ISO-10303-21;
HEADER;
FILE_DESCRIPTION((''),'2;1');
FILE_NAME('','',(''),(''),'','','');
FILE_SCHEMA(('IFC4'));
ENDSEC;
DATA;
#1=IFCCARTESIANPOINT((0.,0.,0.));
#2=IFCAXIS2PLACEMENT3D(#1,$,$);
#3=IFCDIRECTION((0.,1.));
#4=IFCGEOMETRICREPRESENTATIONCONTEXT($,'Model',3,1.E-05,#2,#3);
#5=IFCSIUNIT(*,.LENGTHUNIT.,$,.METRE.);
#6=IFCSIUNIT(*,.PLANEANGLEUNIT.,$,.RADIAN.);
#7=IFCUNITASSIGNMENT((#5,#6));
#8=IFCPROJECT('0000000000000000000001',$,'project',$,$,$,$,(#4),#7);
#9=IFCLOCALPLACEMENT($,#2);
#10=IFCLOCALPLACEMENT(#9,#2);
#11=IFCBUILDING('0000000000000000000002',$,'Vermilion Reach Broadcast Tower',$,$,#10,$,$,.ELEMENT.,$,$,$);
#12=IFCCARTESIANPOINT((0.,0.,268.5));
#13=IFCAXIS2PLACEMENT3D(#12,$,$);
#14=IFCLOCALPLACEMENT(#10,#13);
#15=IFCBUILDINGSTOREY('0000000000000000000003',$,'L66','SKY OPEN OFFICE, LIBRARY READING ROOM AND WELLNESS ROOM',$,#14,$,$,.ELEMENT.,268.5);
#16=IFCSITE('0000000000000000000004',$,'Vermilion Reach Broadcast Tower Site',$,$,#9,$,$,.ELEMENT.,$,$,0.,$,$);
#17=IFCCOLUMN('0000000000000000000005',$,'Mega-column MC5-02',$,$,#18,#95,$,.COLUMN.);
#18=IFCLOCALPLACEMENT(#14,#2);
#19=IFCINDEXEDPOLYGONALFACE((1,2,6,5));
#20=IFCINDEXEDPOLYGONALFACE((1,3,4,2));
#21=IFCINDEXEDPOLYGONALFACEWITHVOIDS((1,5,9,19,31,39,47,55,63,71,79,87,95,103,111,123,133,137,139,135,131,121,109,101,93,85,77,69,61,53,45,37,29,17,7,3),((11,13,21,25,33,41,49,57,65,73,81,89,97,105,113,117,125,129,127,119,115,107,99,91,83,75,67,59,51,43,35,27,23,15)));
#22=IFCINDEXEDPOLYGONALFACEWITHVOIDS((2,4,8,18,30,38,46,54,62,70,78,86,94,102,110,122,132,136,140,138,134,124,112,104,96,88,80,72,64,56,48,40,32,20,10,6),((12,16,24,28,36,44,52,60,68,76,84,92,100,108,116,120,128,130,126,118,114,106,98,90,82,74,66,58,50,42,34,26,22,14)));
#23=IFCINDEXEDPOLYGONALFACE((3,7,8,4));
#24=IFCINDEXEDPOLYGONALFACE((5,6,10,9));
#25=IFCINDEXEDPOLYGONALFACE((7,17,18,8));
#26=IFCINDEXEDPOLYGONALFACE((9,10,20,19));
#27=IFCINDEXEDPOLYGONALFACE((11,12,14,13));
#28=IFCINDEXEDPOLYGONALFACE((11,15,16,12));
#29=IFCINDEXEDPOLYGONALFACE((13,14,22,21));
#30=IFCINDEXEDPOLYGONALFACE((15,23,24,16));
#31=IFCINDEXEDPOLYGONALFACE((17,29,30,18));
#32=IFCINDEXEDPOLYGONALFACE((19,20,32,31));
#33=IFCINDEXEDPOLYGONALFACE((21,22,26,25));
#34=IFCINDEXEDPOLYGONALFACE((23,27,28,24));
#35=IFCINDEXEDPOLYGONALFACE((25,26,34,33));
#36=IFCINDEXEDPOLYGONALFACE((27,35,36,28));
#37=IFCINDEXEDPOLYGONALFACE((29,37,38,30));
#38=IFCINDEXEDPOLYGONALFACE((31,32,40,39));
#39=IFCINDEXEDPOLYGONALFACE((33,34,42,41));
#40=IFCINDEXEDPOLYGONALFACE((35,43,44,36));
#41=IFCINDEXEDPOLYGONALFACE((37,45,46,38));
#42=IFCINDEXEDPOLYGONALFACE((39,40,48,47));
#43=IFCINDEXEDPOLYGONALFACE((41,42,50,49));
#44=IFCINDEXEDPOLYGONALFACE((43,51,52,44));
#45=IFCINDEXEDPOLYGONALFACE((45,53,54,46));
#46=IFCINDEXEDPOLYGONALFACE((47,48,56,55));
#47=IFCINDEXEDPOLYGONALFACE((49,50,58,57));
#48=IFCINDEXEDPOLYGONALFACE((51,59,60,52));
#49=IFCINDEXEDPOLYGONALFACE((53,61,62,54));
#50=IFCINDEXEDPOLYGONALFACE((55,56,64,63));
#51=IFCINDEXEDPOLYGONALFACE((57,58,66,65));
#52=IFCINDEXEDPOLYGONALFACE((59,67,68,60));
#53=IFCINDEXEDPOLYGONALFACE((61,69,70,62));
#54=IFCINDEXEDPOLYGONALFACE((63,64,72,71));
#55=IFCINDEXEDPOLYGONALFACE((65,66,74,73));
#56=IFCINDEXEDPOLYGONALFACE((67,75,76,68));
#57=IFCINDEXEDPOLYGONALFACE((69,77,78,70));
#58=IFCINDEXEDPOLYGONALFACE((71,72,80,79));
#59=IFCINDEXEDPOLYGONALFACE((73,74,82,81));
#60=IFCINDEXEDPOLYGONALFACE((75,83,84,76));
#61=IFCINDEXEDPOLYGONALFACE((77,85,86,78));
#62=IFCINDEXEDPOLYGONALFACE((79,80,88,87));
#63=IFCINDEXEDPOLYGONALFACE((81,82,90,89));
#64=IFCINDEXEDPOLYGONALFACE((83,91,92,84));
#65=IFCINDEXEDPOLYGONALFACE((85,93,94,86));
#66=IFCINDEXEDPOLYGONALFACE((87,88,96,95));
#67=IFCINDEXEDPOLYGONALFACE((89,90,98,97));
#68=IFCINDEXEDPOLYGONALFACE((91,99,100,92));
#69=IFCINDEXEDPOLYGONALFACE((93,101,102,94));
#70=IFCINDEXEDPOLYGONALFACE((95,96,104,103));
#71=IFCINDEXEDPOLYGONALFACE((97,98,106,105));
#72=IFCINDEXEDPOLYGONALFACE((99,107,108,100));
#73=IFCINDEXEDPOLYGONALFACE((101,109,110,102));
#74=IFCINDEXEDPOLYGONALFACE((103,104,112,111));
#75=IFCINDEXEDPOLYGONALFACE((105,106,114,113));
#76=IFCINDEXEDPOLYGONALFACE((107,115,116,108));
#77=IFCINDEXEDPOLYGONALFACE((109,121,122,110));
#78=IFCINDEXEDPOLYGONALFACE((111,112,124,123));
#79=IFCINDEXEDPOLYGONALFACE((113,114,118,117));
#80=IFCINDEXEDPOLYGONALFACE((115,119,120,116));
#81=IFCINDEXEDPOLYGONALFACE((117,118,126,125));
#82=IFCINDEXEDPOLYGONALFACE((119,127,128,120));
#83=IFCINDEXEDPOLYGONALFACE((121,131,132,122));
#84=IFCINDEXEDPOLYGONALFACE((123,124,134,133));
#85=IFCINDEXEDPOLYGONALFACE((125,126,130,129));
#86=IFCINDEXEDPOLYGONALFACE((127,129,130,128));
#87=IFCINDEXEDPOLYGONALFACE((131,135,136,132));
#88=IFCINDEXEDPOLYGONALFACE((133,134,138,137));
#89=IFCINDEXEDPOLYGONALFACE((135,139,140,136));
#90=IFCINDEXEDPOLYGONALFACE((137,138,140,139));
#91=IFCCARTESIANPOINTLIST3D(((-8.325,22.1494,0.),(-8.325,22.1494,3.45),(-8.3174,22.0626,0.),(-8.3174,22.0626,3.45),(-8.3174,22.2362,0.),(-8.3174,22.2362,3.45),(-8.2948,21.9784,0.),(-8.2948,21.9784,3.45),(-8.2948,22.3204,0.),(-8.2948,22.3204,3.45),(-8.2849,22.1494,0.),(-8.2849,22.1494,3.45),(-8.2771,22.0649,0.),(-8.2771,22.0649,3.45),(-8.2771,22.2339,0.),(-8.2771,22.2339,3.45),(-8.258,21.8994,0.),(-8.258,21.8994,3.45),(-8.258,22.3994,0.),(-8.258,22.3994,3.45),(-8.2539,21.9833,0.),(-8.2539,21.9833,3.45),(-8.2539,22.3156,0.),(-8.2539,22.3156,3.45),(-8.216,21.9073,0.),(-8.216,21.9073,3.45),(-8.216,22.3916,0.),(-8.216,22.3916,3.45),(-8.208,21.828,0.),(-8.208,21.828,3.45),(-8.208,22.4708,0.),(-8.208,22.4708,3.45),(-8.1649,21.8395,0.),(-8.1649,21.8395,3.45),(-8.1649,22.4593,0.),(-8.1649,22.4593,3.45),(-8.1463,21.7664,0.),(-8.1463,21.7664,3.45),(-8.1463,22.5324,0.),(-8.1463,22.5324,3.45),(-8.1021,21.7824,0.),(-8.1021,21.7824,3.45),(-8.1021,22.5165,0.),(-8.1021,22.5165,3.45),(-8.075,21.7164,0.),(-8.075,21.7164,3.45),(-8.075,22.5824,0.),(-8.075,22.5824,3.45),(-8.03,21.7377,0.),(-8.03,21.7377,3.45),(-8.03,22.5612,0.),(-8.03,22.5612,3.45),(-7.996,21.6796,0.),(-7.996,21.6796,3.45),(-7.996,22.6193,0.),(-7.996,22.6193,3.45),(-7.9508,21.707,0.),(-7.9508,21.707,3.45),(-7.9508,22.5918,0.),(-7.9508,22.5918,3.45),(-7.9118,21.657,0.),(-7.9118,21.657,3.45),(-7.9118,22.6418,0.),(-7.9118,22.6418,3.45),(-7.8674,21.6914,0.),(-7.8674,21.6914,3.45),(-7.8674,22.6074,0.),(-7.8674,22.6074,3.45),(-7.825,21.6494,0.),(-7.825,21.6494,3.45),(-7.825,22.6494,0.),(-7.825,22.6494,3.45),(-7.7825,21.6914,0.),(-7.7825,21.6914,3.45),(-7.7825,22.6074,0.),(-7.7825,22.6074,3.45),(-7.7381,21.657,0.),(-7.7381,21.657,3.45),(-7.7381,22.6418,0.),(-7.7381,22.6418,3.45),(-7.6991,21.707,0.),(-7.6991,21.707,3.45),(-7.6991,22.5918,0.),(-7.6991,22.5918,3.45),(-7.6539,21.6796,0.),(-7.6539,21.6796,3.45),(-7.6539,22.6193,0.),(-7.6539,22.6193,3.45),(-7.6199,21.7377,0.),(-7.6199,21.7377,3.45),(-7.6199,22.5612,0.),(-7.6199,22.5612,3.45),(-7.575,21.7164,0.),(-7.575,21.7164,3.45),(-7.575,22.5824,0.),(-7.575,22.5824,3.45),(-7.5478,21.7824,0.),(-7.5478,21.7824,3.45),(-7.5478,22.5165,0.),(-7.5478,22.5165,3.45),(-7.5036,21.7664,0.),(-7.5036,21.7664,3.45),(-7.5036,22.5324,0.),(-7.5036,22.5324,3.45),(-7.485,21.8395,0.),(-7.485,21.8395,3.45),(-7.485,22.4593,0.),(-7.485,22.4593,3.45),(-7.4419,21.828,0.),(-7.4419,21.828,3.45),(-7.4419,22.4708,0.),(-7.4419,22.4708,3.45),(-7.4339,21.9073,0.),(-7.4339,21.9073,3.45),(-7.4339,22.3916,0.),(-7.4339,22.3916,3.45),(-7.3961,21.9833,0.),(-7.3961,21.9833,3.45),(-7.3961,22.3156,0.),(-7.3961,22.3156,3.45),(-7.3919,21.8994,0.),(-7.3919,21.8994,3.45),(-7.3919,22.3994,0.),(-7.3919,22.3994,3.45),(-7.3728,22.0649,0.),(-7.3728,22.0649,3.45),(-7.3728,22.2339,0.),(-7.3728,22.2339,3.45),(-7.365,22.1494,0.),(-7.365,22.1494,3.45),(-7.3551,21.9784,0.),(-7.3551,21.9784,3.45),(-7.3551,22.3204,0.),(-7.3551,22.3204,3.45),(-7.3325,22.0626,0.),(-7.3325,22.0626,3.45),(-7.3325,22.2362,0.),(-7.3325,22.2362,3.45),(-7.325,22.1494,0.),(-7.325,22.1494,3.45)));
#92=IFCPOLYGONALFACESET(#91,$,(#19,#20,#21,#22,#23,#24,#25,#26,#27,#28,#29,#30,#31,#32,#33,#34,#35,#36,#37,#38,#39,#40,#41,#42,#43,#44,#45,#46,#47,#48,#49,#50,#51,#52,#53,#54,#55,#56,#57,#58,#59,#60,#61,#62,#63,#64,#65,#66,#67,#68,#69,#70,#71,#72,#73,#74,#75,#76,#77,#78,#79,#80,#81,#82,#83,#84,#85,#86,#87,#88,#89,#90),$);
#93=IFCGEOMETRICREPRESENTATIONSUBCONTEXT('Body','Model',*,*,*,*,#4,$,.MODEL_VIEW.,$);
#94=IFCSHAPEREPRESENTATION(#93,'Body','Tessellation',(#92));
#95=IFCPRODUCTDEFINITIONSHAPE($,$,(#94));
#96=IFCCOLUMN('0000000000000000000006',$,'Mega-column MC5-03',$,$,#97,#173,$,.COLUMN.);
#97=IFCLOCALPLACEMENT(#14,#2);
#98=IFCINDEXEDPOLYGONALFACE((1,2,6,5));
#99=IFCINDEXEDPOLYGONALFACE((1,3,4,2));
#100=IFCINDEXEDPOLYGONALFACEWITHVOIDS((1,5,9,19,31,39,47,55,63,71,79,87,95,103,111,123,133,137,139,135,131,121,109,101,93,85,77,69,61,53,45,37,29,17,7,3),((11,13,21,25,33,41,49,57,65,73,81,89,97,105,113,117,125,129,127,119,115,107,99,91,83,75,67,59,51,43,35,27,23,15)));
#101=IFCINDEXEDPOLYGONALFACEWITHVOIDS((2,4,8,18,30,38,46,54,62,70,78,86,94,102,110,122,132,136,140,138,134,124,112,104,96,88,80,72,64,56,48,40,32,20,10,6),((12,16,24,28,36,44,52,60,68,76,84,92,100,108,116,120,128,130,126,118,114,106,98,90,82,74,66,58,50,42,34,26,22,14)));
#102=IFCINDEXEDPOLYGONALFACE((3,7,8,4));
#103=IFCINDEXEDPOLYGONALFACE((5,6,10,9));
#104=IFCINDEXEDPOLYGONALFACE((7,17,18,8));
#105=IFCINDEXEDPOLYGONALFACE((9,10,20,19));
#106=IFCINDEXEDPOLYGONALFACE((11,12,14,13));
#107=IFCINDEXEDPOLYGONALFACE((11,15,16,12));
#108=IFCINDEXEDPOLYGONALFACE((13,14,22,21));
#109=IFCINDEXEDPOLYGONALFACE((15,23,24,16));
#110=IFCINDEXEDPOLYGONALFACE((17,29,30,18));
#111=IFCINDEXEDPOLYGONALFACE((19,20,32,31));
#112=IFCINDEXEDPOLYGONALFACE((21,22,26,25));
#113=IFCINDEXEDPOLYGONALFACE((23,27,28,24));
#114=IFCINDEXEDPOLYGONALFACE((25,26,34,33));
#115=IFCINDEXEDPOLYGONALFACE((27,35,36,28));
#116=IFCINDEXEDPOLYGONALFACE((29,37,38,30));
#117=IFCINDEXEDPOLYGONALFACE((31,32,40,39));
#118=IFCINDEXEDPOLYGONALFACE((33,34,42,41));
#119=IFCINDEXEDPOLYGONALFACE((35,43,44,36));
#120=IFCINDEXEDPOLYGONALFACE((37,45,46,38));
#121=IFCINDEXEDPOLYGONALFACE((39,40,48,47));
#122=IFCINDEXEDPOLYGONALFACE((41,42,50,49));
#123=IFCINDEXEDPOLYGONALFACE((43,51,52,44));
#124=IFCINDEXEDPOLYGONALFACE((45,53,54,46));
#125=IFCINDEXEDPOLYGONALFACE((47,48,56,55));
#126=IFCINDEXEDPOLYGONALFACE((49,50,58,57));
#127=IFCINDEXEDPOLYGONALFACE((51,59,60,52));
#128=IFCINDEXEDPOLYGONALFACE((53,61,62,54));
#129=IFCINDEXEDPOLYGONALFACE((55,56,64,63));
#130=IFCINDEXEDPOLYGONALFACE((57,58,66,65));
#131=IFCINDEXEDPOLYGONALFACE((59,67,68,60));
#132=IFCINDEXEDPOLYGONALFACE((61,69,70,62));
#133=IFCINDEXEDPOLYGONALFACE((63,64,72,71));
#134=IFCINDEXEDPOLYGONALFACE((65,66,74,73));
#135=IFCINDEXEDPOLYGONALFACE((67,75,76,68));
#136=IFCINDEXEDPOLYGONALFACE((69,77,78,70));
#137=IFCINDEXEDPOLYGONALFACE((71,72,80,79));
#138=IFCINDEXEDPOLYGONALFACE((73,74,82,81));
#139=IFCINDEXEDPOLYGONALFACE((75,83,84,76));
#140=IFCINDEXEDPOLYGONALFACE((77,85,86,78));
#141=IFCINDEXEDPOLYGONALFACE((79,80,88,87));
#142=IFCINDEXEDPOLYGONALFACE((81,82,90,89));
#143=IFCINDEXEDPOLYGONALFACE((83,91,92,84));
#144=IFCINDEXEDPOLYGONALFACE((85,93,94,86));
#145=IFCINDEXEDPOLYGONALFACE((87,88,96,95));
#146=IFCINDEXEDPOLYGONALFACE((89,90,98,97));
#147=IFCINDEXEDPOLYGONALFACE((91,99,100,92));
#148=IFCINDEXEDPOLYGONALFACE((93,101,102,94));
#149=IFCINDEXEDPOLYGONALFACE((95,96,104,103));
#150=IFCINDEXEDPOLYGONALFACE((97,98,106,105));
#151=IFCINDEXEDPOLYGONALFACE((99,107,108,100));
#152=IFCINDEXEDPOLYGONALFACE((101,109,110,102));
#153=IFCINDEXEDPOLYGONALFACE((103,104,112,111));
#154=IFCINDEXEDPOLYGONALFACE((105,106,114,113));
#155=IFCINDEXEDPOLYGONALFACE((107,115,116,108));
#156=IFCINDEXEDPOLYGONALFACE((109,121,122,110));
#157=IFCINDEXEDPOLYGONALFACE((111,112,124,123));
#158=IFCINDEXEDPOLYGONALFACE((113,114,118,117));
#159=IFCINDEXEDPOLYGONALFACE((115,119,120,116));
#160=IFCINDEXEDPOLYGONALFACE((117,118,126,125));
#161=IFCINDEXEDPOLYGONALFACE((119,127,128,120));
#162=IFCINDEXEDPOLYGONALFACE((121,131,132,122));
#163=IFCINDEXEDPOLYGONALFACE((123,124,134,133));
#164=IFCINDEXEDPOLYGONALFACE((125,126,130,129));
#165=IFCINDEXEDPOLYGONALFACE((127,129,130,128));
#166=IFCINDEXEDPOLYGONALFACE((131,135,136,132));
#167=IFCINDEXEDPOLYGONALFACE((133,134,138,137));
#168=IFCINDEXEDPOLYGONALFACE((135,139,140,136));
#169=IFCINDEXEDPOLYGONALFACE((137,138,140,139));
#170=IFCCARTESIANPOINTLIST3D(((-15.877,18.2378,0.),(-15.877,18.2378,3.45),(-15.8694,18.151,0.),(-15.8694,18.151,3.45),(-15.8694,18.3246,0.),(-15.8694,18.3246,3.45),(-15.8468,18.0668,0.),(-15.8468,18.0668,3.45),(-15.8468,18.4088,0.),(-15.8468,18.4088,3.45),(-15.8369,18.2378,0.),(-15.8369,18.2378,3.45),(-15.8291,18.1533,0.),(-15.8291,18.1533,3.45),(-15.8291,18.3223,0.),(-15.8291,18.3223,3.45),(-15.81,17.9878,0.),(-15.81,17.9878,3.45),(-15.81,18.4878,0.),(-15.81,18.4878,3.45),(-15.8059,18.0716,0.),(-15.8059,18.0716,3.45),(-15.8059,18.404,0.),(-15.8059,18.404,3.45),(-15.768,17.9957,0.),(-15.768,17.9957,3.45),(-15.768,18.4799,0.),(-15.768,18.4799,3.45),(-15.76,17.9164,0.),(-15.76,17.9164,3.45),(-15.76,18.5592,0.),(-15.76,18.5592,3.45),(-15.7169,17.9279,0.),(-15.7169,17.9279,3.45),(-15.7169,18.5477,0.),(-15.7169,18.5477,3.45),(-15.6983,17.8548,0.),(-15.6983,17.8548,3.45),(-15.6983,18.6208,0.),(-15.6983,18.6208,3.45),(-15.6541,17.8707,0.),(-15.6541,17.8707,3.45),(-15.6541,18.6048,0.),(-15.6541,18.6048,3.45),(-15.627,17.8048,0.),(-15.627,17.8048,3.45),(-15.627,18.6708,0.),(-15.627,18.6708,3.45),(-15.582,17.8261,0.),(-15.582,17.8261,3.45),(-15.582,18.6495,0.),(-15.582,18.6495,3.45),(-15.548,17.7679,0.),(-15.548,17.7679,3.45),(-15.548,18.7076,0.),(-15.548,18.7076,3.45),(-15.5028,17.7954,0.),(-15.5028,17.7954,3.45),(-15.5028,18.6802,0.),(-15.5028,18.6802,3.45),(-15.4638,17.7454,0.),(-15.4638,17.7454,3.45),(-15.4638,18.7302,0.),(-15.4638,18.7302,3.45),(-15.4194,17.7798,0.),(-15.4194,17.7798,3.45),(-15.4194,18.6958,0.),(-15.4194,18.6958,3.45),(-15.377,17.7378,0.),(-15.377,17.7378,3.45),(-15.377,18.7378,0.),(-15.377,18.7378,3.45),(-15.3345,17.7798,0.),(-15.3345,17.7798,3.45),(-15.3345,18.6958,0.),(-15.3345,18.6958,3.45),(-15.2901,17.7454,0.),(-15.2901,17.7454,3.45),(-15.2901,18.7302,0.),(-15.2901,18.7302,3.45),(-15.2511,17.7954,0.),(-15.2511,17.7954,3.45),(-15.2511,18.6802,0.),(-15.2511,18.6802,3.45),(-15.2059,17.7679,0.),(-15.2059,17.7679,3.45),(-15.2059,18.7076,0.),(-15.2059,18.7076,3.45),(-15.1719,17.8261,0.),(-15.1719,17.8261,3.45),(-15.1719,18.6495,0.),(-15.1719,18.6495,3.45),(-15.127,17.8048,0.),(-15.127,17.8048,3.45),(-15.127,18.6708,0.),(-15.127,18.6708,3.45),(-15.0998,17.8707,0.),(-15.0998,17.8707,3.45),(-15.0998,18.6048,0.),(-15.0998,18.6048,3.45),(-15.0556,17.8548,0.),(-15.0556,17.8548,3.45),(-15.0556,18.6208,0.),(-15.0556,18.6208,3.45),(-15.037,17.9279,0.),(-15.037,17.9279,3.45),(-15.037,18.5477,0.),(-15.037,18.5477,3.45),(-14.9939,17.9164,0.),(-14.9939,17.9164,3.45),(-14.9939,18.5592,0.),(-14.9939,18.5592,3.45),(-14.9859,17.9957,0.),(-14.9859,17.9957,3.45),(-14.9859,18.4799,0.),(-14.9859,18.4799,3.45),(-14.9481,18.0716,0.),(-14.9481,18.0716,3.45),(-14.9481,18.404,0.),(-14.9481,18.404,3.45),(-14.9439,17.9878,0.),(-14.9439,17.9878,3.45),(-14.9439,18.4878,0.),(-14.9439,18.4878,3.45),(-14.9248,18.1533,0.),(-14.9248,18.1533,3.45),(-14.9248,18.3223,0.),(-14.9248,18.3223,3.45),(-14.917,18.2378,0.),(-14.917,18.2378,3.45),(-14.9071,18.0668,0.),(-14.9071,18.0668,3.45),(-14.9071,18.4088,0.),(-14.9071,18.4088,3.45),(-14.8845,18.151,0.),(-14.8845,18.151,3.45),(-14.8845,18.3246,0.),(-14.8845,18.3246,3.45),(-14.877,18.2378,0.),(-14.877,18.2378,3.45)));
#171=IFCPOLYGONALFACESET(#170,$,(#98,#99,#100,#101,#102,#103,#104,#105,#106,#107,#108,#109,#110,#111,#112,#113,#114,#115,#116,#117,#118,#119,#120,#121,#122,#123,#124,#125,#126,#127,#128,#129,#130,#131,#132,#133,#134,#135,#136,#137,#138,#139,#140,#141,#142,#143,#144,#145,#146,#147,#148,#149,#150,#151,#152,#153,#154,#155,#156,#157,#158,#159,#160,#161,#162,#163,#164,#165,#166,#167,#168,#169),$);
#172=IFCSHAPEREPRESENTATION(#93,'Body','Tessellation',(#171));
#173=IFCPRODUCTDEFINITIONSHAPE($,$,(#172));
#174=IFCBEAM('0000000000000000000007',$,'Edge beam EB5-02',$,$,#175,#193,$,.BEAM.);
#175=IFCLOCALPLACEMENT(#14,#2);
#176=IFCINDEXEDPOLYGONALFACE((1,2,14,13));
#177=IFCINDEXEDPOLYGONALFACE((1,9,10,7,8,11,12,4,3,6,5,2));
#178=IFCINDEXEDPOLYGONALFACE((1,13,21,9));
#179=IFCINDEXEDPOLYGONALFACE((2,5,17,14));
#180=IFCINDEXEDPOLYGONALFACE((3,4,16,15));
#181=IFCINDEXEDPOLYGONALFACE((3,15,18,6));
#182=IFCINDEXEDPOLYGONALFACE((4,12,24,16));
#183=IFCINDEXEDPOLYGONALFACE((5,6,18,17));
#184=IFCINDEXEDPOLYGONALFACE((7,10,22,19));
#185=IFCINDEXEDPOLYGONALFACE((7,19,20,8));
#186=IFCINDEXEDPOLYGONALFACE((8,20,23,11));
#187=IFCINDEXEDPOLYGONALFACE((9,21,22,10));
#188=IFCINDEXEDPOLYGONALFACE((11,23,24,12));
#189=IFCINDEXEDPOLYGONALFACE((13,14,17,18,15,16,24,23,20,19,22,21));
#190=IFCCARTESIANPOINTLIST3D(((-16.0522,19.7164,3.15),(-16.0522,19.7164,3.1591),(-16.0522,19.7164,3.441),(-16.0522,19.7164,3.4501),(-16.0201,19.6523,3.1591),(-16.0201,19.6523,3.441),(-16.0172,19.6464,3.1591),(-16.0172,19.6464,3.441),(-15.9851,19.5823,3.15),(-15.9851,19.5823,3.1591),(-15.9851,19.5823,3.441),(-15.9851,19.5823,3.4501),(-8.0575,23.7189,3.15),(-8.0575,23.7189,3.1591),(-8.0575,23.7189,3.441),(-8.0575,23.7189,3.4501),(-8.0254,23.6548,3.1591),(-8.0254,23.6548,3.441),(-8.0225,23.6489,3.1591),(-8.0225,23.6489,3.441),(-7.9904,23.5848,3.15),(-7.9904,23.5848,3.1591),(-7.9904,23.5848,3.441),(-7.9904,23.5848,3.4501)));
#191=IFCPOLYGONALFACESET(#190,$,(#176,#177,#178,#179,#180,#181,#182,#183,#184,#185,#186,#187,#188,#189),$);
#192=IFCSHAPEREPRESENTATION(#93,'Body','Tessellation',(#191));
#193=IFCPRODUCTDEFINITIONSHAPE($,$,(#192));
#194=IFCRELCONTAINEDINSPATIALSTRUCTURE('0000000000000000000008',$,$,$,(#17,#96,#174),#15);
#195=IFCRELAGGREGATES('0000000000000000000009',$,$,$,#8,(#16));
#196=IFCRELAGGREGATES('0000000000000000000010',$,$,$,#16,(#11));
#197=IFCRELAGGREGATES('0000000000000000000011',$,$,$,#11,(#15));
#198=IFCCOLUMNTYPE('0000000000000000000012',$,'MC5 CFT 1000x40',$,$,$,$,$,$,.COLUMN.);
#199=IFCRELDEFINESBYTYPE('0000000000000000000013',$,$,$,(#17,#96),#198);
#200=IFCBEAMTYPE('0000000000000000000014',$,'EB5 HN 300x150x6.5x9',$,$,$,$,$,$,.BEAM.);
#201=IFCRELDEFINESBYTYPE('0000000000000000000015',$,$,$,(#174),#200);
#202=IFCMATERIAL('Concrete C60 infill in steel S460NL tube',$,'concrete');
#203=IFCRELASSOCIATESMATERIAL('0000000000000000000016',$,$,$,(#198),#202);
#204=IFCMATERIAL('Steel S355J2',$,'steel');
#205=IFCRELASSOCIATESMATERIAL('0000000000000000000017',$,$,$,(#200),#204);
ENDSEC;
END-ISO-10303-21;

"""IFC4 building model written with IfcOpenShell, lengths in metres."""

from ifc_helpers import new_model, si_unit, direction, frame, origin, origin_2d, place, context, subcontext, project, spatial, hollow_circle, i_section, extrude, material, material_profile, profile_set, type_object, element, save


model = new_model("IFC4")

# Units and contexts
model_context = context("Model", 3, precision=1e-05, world=origin(), true_north=direction((0.0, 1.0)))
body_context = subcontext(model_context, "Body", "Model", "MODEL_VIEW")
ifc_project = project(units=[si_unit("LENGTHUNIT", "METRE"), si_unit("PLANEANGLEUNIT", "RADIAN")], contexts=[model_context])

# Site, building, storey
site_placement = place(None, origin())
site = spatial("IfcSite", under=ifc_project, at=site_placement, Name="Vermilion Reach Broadcast Tower Site", CompositionType="ELEMENT", RefElevation=0.0)
building_placement = place(site_placement, origin())
building = spatial("IfcBuilding", under=site, at=building_placement, Name="Vermilion Reach Broadcast Tower", CompositionType="ELEMENT")
storey_placement = place(building_placement, frame((0.0, 0.0, 268.5)))
storey = spatial("IfcBuildingStorey", under=building, at=storey_placement, Name="L66", Description="SKY OPEN OFFICE, LIBRARY READING ROOM AND WELLNESS ROOM", CompositionType="ELEMENT", Elevation=268.5)

# Columns
ifc_material_1 = material(Name="Concrete C60 infill in steel S460NL tube", Category="concrete")
ifc_material_profile_1 = material_profile(ifc_material_1, hollow_circle(Radius=0.5, WallThickness=0.04, at=origin_2d()), Name="Concrete C60 infill in steel S460NL tube CFT 1000x40")
ifc_profile_set_1 = profile_set([ifc_material_profile_1], Name="Concrete C60 infill in steel S460NL tube")
column_type = type_object("IfcColumnType", Name="MC5 CFT 1000x40", PredefinedType="COLUMN", material=ifc_profile_set_1)
for number, where, z_axis, x_axis, name in (
    (1, (-7.825, 22.1494, 0.0), (0.0, 0.0, 1.0), (1.0, 0.0, 0.0), "Mega-column MC5-02"),
    (2, (-15.377, 18.2378, 0.0), (0.0, 0.0, 1.0), (1.0, 0.0, 0.0), "Mega-column MC5-03"),
):
    element("IfcColumn", number, at=place(storey_placement, frame(where, z_axis=z_axis, x_axis=x_axis)), inside=storey, type_object=column_type, Name=name, PredefinedType="COLUMN", context=body_context, shape_type="SweptSolid", body=[
        extrude(hollow_circle(Radius=0.5, WallThickness=0.04, at=origin_2d()), origin(), (0.0, 0.0, 1.0), 3.45),
    ])

# Beam
ifc_material_2 = material(Name="Steel S355J2", Category="steel")
ifc_material_profile_2 = material_profile(ifc_material_2, i_section(OverallWidth=0.1499, OverallDepth=0.3, WebThickness=0.0066, FlangeThickness=0.009, at=origin_2d()), Name="S355J2 HN 300x150x6.5x9")
ifc_profile_set_2 = profile_set([ifc_material_profile_2], Name="Steel S355J2")
beam_type_1 = type_object("IfcBeamType", Name="EB5 HN 300x150x6.5x9", PredefinedType="BEAM", material=ifc_profile_set_2)
beam_1_placement = place(storey_placement, frame((-8.0239, 23.6519, 3.3), z_axis=(-0.894198, -0.447672, 0.0), x_axis=(0.447672, -0.894198, 0.0)))
element("IfcBeam", 3, at=beam_1_placement, inside=storey, type_object=beam_type_1, Name="Edge beam EB5-02", PredefinedType="BEAM", context=body_context, shape_type="SweptSolid", body=[
    extrude(i_section(OverallWidth=0.1499, OverallDepth=0.3, WebThickness=0.0066, FlangeThickness=0.009, at=origin_2d()), origin(), (0.0, 0.0, 1.0), 8.9407),
])

save(model, "model.ifc")
